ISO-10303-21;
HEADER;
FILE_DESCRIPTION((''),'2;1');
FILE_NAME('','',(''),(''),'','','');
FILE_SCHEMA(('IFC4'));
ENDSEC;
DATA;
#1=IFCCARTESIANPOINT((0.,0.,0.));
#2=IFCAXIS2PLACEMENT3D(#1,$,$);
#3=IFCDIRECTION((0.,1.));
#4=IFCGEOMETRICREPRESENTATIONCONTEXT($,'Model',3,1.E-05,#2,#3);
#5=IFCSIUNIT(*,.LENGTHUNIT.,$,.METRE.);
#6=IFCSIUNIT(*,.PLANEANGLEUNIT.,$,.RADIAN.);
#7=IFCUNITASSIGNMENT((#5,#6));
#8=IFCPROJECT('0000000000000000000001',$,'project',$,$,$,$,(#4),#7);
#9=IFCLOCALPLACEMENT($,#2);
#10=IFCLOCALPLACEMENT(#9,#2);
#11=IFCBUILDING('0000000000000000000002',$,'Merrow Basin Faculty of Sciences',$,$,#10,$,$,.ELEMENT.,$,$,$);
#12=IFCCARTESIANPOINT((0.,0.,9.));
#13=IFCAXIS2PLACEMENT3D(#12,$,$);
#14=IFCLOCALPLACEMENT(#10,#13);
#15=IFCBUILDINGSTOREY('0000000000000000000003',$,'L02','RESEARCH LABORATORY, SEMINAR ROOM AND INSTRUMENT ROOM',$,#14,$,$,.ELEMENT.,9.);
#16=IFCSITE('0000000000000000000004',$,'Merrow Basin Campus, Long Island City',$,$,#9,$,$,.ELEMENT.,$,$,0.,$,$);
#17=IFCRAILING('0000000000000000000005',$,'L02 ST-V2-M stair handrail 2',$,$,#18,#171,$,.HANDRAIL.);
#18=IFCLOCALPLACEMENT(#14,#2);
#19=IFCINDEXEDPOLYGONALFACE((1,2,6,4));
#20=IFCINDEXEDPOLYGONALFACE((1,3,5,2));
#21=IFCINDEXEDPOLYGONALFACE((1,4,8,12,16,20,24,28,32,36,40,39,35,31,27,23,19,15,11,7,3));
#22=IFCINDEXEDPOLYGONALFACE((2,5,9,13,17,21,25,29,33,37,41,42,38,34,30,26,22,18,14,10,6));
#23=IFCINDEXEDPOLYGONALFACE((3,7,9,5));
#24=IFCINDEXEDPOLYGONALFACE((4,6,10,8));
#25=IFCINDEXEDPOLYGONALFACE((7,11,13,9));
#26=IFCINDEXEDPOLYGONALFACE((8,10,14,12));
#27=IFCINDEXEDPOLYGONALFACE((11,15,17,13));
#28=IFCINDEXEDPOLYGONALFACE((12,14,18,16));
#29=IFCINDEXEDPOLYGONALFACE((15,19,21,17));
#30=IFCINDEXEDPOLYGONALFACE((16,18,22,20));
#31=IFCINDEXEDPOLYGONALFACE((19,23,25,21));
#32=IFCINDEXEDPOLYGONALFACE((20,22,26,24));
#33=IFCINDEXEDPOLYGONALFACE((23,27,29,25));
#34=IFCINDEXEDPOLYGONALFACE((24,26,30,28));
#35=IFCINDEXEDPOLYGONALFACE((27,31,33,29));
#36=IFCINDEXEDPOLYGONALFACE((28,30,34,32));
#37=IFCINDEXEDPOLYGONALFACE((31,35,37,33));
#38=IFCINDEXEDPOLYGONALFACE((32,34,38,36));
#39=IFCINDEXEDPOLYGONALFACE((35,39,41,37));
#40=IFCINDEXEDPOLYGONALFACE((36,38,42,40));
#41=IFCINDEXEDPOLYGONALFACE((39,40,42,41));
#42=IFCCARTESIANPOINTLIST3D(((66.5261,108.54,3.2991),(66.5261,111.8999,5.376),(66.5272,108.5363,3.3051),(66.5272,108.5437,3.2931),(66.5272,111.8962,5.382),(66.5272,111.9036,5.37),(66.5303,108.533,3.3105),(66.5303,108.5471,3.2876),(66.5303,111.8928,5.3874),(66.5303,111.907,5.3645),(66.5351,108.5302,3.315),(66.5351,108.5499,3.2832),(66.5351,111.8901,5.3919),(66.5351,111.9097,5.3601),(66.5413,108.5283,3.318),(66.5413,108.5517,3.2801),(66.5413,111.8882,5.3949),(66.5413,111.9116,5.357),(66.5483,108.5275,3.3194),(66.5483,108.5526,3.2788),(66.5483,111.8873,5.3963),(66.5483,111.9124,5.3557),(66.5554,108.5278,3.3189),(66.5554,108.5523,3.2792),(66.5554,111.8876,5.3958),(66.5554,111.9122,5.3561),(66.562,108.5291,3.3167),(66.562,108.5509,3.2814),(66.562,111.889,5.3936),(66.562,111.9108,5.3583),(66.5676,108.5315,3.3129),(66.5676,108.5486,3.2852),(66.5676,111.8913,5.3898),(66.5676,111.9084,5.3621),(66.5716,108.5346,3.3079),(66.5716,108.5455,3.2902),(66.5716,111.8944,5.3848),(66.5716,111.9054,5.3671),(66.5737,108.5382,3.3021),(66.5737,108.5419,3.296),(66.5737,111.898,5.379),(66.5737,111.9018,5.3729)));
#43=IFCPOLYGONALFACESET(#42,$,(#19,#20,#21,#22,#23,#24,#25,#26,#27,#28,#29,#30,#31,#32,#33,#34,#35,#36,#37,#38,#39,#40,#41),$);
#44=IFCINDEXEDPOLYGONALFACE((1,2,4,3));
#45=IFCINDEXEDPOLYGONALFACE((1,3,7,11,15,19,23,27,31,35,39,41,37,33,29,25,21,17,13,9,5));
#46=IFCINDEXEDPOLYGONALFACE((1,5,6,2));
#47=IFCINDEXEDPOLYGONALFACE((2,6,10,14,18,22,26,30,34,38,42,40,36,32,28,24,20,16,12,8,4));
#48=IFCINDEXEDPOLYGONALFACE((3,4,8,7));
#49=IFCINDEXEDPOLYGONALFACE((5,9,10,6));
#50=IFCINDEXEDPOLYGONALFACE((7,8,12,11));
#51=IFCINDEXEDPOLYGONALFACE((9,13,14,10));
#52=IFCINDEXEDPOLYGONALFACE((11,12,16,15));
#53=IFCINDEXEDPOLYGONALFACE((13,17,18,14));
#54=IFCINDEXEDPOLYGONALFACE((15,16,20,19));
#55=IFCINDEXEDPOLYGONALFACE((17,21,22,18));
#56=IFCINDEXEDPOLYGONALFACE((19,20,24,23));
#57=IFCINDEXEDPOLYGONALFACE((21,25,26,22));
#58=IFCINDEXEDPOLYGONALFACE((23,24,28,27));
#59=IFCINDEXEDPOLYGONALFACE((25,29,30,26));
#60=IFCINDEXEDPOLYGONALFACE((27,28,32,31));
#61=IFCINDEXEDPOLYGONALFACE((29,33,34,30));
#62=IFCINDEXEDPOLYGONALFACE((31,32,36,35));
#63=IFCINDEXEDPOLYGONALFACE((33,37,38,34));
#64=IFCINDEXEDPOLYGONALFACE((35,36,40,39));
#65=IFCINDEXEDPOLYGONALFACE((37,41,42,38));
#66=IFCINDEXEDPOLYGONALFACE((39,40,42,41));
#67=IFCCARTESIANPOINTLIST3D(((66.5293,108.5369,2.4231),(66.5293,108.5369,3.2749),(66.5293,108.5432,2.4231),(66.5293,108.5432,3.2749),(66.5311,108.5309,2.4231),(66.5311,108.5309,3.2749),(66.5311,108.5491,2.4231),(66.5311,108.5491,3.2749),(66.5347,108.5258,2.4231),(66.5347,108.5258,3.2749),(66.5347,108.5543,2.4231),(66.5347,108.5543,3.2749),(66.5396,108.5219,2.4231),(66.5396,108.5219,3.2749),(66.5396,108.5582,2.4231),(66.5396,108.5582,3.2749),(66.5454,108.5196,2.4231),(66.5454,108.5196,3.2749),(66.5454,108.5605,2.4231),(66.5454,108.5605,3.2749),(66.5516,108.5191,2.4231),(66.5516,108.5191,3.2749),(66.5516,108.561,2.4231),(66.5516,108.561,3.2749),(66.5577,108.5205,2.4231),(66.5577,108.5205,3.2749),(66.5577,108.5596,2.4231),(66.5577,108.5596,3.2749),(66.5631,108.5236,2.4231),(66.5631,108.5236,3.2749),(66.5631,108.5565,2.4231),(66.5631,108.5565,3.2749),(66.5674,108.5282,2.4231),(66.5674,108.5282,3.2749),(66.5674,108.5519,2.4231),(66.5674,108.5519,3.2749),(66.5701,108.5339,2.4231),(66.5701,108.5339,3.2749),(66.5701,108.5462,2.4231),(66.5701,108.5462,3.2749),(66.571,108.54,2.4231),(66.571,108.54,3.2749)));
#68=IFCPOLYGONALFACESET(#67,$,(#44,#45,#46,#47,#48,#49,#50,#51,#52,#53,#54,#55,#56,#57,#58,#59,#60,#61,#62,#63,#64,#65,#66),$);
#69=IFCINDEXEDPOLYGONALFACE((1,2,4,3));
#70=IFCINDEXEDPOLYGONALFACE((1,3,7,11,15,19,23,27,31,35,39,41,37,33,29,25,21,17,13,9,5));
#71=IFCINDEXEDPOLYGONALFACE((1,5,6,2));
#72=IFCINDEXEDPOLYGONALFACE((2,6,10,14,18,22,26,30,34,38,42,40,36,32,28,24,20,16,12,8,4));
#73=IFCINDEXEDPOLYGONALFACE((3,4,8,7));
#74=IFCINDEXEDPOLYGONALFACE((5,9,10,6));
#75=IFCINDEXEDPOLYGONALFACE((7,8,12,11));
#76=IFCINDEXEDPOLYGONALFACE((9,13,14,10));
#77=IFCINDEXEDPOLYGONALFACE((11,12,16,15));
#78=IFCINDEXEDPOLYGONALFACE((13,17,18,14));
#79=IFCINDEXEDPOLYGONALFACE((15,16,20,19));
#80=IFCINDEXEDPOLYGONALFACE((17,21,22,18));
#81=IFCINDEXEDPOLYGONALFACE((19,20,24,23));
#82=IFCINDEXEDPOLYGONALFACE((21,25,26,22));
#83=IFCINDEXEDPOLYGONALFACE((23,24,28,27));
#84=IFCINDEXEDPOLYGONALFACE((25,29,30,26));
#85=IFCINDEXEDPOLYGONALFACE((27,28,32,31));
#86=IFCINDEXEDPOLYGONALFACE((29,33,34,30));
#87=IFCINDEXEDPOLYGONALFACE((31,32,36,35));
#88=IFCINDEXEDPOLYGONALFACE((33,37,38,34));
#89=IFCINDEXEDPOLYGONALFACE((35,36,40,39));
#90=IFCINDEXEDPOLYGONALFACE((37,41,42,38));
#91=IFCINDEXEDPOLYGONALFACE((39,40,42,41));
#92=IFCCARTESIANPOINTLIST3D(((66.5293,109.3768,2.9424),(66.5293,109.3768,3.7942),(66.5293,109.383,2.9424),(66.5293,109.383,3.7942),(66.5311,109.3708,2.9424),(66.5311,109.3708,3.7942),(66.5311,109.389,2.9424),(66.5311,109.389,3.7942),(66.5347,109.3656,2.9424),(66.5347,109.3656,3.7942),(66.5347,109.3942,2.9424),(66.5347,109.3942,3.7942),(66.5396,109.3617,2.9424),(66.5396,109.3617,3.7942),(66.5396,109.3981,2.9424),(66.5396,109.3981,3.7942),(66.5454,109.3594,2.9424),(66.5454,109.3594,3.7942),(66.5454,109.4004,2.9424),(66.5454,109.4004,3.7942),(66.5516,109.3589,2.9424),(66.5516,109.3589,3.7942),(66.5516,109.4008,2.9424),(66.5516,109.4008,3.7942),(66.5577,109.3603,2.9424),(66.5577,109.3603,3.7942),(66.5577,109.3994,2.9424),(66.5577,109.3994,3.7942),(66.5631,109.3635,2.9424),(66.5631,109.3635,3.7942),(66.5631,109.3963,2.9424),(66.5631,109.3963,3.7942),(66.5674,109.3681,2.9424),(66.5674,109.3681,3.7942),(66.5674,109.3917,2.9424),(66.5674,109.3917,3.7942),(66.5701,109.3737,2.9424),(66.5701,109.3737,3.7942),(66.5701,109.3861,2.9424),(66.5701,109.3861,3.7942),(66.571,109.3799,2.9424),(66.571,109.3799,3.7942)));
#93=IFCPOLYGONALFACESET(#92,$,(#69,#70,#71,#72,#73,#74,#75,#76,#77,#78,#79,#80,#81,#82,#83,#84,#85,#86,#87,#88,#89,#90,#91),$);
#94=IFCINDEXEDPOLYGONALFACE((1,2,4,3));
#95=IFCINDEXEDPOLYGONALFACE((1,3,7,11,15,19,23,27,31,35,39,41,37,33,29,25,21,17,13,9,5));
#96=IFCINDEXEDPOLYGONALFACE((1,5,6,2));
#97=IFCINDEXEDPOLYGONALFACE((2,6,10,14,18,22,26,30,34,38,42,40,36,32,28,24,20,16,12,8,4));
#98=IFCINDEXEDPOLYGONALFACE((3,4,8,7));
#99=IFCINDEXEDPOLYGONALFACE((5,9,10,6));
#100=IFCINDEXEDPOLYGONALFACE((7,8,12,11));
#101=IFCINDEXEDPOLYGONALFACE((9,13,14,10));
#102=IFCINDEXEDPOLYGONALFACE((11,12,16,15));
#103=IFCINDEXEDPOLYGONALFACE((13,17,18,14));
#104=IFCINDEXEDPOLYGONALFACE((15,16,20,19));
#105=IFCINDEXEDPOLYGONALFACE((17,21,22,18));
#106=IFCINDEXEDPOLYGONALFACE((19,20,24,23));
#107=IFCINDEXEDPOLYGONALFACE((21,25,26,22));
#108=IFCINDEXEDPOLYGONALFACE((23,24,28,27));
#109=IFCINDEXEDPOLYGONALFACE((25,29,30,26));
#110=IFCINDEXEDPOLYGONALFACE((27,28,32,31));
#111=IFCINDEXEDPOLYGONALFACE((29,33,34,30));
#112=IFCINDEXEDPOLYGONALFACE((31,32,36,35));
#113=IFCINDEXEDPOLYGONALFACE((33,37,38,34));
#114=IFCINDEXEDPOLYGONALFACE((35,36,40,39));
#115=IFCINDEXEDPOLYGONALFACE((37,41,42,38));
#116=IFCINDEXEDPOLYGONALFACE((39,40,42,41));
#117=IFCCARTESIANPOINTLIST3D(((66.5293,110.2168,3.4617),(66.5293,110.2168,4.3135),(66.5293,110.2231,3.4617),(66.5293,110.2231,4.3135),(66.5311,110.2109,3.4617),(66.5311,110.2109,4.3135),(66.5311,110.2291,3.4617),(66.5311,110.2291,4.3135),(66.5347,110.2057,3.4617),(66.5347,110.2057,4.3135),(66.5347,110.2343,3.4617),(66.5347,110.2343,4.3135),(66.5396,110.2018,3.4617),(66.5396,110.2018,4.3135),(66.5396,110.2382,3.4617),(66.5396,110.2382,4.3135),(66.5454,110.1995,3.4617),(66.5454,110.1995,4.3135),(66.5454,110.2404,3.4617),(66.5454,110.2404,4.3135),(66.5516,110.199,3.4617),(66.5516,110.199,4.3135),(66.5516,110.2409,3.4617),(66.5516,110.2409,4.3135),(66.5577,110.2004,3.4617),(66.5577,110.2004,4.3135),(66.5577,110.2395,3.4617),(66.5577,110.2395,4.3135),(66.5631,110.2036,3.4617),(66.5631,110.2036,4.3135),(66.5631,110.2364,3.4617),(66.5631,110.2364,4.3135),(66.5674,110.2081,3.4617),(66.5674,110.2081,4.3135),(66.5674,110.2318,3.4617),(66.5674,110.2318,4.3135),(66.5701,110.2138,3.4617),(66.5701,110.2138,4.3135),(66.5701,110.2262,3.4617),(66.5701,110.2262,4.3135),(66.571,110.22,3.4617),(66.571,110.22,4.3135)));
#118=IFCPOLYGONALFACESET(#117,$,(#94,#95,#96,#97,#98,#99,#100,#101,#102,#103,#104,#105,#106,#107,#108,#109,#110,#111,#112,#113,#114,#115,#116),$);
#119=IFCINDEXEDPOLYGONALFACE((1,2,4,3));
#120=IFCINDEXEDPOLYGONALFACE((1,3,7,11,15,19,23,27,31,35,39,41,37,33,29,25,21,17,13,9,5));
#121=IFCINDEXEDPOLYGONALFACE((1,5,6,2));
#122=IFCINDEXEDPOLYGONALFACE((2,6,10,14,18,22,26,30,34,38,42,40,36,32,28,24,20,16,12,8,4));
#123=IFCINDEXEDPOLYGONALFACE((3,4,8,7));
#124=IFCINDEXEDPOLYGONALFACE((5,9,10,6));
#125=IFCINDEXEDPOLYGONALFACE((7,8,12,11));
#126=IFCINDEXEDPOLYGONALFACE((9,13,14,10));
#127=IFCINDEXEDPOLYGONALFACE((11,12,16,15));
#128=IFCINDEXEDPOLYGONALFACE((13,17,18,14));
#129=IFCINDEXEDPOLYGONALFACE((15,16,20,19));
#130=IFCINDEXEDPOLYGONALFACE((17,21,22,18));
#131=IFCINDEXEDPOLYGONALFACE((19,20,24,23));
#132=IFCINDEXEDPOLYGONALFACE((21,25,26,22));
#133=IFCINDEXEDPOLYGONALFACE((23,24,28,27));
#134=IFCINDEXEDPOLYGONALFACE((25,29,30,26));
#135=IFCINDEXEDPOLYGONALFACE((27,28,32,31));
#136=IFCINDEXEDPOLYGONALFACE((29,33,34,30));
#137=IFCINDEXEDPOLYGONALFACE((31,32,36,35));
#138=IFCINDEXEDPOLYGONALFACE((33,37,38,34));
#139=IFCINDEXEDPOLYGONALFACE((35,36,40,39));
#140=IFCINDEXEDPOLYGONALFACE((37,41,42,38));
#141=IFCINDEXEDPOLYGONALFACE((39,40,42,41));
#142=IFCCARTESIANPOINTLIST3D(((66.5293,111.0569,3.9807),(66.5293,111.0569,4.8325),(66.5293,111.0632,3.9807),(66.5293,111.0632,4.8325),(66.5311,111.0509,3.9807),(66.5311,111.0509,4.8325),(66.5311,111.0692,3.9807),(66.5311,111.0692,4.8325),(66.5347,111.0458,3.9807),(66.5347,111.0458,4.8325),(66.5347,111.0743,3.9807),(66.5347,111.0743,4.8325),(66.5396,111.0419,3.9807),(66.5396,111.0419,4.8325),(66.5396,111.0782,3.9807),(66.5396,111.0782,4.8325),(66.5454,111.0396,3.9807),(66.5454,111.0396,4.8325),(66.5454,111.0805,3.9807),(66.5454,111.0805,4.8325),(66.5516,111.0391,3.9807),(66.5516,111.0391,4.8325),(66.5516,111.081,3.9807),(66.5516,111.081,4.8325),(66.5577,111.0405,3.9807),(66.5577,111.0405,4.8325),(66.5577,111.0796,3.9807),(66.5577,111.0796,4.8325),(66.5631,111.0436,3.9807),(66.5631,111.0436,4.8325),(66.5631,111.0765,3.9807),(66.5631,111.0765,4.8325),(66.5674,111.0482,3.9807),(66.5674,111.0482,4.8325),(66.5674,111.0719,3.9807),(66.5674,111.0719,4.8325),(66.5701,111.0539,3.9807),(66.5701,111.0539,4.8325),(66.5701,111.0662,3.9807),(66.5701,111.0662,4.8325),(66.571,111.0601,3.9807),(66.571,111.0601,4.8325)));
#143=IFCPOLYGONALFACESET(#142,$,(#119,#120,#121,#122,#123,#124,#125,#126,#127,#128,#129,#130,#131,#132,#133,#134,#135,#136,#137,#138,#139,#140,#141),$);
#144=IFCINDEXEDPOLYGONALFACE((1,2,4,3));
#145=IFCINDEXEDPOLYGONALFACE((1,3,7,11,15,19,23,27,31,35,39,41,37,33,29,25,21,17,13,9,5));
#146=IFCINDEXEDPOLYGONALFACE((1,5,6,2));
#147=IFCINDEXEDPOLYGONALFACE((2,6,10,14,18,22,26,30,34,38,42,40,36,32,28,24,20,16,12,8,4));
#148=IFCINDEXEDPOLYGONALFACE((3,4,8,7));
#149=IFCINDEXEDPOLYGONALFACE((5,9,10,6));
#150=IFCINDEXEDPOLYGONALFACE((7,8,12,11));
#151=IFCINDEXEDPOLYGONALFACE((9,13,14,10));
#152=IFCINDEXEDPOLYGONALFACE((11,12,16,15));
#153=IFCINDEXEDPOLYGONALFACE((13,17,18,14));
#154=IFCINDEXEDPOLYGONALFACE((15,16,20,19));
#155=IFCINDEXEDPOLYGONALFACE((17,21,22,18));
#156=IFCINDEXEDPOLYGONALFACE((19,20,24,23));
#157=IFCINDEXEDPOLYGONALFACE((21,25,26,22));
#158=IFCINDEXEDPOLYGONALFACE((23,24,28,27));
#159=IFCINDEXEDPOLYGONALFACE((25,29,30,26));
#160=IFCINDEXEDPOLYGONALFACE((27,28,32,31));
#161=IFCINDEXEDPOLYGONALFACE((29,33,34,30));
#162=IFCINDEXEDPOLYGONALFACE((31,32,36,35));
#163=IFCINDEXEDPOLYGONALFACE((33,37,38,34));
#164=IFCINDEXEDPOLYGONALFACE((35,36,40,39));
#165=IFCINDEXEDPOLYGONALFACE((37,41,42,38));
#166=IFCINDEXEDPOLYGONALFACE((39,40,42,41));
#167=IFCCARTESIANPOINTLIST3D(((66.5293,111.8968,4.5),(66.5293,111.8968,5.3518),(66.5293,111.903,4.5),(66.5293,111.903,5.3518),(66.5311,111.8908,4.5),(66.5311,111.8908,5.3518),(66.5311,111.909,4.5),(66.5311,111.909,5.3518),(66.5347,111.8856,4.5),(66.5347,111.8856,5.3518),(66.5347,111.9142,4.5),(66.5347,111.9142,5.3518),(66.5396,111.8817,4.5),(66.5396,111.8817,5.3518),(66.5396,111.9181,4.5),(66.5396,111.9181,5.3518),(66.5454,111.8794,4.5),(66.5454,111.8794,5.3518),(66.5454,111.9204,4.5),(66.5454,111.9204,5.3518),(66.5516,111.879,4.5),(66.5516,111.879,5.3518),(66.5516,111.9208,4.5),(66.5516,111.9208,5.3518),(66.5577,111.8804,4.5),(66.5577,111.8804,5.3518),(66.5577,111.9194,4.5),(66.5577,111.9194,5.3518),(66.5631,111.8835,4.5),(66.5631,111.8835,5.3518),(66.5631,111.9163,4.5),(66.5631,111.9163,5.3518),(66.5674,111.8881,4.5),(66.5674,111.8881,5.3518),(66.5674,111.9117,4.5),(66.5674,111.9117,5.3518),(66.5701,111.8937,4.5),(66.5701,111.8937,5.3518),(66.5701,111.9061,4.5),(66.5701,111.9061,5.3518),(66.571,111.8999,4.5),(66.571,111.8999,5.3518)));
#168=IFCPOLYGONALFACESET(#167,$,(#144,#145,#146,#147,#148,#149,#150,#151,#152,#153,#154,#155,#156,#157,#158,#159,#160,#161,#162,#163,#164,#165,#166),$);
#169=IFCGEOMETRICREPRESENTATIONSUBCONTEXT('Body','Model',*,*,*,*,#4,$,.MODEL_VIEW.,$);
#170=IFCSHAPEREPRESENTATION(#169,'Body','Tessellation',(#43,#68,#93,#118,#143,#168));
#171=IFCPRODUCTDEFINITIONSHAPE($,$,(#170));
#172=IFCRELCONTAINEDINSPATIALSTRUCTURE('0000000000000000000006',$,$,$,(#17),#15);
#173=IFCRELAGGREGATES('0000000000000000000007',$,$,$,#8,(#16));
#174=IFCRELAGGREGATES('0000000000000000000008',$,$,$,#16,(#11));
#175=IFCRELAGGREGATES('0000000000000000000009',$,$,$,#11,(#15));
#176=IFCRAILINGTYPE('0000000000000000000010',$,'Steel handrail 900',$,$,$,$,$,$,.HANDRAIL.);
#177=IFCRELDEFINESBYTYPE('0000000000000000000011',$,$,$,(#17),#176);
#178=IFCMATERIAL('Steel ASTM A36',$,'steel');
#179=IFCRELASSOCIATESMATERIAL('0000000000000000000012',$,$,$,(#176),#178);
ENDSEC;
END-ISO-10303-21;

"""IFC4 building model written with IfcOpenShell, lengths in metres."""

from ifc_helpers import new_model, si_unit, direction, frame, origin, origin_2d, place, context, subcontext, project, spatial, circle, extrude, material, type_object, element, save


model = new_model("IFC4")

# Units and contexts
model_context = context("Model", 3, precision=1e-05, world=origin(), true_north=direction((0.0, 1.0)))
body_context = subcontext(model_context, "Body", "Model", "MODEL_VIEW")
ifc_project = project(units=[si_unit("LENGTHUNIT", "METRE"), si_unit("PLANEANGLEUNIT", "RADIAN")], contexts=[model_context])

# Site, building, storey
site_placement = place(None, origin())
site = spatial("IfcSite", under=ifc_project, at=site_placement, Name="Merrow Basin Campus, Long Island City", CompositionType="ELEMENT", RefElevation=0.0)
building_placement = place(site_placement, origin())
building = spatial("IfcBuilding", under=site, at=building_placement, Name="Merrow Basin Faculty of Sciences", CompositionType="ELEMENT")
storey_placement = place(building_placement, frame((0.0, 0.0, 9.0)))
storey = spatial("IfcBuildingStorey", under=building, at=storey_placement, Name="L02", Description="RESEARCH LABORATORY, SEMINAR ROOM AND INSTRUMENT ROOM", CompositionType="ELEMENT", Elevation=9.0)

# Railing
ifc_material_1 = material(Name="Steel ASTM A36", Category="steel")
railing_type_1 = type_object("IfcRailingType", Name="Steel handrail 900", PredefinedType="HANDRAIL", material=ifc_material_1)
railing_1_placement = place(storey_placement, frame((66.55, 108.54, 2.4231)))
element("IfcRailing", 1, at=railing_1_placement, inside=storey, type_object=railing_type_1, Name="L02 ST-V2-M stair handrail 2", PredefinedType="HANDRAIL", context=body_context, shape_type="SweptSolid", body=[
    extrude(circle(Radius=0.0239, at=origin_2d()), frame((0.0, 0.0, 0.876), z_axis=(0.0, 0.850606, 0.525803), x_axis=(-1.0, 0.0, 0.0)), (0.0, 0.0, 1.0), 3.95),
    extrude(circle(Radius=0.021, at=origin_2d()), origin(), (0.0, 0.0, 1.0), 0.8518),
    extrude(circle(Radius=0.021, at=origin_2d()), frame((0.0, 0.8398, 0.5193)), (0.0, 0.0, 1.0), 0.8518),
    extrude(circle(Radius=0.021, at=origin_2d()), frame((0.0, 1.6799, 1.0386)), (0.0, 0.0, 1.0), 0.8518),
    extrude(circle(Radius=0.021, at=origin_2d()), frame((0.0, 2.52, 1.5576)), (0.0, 0.0, 1.0), 0.8518),
    extrude(circle(Radius=0.021, at=origin_2d()), frame((0.0, 3.3599, 2.0769)), (0.0, 0.0, 1.0), 0.8518),
])

save(model, "model.ifc")
